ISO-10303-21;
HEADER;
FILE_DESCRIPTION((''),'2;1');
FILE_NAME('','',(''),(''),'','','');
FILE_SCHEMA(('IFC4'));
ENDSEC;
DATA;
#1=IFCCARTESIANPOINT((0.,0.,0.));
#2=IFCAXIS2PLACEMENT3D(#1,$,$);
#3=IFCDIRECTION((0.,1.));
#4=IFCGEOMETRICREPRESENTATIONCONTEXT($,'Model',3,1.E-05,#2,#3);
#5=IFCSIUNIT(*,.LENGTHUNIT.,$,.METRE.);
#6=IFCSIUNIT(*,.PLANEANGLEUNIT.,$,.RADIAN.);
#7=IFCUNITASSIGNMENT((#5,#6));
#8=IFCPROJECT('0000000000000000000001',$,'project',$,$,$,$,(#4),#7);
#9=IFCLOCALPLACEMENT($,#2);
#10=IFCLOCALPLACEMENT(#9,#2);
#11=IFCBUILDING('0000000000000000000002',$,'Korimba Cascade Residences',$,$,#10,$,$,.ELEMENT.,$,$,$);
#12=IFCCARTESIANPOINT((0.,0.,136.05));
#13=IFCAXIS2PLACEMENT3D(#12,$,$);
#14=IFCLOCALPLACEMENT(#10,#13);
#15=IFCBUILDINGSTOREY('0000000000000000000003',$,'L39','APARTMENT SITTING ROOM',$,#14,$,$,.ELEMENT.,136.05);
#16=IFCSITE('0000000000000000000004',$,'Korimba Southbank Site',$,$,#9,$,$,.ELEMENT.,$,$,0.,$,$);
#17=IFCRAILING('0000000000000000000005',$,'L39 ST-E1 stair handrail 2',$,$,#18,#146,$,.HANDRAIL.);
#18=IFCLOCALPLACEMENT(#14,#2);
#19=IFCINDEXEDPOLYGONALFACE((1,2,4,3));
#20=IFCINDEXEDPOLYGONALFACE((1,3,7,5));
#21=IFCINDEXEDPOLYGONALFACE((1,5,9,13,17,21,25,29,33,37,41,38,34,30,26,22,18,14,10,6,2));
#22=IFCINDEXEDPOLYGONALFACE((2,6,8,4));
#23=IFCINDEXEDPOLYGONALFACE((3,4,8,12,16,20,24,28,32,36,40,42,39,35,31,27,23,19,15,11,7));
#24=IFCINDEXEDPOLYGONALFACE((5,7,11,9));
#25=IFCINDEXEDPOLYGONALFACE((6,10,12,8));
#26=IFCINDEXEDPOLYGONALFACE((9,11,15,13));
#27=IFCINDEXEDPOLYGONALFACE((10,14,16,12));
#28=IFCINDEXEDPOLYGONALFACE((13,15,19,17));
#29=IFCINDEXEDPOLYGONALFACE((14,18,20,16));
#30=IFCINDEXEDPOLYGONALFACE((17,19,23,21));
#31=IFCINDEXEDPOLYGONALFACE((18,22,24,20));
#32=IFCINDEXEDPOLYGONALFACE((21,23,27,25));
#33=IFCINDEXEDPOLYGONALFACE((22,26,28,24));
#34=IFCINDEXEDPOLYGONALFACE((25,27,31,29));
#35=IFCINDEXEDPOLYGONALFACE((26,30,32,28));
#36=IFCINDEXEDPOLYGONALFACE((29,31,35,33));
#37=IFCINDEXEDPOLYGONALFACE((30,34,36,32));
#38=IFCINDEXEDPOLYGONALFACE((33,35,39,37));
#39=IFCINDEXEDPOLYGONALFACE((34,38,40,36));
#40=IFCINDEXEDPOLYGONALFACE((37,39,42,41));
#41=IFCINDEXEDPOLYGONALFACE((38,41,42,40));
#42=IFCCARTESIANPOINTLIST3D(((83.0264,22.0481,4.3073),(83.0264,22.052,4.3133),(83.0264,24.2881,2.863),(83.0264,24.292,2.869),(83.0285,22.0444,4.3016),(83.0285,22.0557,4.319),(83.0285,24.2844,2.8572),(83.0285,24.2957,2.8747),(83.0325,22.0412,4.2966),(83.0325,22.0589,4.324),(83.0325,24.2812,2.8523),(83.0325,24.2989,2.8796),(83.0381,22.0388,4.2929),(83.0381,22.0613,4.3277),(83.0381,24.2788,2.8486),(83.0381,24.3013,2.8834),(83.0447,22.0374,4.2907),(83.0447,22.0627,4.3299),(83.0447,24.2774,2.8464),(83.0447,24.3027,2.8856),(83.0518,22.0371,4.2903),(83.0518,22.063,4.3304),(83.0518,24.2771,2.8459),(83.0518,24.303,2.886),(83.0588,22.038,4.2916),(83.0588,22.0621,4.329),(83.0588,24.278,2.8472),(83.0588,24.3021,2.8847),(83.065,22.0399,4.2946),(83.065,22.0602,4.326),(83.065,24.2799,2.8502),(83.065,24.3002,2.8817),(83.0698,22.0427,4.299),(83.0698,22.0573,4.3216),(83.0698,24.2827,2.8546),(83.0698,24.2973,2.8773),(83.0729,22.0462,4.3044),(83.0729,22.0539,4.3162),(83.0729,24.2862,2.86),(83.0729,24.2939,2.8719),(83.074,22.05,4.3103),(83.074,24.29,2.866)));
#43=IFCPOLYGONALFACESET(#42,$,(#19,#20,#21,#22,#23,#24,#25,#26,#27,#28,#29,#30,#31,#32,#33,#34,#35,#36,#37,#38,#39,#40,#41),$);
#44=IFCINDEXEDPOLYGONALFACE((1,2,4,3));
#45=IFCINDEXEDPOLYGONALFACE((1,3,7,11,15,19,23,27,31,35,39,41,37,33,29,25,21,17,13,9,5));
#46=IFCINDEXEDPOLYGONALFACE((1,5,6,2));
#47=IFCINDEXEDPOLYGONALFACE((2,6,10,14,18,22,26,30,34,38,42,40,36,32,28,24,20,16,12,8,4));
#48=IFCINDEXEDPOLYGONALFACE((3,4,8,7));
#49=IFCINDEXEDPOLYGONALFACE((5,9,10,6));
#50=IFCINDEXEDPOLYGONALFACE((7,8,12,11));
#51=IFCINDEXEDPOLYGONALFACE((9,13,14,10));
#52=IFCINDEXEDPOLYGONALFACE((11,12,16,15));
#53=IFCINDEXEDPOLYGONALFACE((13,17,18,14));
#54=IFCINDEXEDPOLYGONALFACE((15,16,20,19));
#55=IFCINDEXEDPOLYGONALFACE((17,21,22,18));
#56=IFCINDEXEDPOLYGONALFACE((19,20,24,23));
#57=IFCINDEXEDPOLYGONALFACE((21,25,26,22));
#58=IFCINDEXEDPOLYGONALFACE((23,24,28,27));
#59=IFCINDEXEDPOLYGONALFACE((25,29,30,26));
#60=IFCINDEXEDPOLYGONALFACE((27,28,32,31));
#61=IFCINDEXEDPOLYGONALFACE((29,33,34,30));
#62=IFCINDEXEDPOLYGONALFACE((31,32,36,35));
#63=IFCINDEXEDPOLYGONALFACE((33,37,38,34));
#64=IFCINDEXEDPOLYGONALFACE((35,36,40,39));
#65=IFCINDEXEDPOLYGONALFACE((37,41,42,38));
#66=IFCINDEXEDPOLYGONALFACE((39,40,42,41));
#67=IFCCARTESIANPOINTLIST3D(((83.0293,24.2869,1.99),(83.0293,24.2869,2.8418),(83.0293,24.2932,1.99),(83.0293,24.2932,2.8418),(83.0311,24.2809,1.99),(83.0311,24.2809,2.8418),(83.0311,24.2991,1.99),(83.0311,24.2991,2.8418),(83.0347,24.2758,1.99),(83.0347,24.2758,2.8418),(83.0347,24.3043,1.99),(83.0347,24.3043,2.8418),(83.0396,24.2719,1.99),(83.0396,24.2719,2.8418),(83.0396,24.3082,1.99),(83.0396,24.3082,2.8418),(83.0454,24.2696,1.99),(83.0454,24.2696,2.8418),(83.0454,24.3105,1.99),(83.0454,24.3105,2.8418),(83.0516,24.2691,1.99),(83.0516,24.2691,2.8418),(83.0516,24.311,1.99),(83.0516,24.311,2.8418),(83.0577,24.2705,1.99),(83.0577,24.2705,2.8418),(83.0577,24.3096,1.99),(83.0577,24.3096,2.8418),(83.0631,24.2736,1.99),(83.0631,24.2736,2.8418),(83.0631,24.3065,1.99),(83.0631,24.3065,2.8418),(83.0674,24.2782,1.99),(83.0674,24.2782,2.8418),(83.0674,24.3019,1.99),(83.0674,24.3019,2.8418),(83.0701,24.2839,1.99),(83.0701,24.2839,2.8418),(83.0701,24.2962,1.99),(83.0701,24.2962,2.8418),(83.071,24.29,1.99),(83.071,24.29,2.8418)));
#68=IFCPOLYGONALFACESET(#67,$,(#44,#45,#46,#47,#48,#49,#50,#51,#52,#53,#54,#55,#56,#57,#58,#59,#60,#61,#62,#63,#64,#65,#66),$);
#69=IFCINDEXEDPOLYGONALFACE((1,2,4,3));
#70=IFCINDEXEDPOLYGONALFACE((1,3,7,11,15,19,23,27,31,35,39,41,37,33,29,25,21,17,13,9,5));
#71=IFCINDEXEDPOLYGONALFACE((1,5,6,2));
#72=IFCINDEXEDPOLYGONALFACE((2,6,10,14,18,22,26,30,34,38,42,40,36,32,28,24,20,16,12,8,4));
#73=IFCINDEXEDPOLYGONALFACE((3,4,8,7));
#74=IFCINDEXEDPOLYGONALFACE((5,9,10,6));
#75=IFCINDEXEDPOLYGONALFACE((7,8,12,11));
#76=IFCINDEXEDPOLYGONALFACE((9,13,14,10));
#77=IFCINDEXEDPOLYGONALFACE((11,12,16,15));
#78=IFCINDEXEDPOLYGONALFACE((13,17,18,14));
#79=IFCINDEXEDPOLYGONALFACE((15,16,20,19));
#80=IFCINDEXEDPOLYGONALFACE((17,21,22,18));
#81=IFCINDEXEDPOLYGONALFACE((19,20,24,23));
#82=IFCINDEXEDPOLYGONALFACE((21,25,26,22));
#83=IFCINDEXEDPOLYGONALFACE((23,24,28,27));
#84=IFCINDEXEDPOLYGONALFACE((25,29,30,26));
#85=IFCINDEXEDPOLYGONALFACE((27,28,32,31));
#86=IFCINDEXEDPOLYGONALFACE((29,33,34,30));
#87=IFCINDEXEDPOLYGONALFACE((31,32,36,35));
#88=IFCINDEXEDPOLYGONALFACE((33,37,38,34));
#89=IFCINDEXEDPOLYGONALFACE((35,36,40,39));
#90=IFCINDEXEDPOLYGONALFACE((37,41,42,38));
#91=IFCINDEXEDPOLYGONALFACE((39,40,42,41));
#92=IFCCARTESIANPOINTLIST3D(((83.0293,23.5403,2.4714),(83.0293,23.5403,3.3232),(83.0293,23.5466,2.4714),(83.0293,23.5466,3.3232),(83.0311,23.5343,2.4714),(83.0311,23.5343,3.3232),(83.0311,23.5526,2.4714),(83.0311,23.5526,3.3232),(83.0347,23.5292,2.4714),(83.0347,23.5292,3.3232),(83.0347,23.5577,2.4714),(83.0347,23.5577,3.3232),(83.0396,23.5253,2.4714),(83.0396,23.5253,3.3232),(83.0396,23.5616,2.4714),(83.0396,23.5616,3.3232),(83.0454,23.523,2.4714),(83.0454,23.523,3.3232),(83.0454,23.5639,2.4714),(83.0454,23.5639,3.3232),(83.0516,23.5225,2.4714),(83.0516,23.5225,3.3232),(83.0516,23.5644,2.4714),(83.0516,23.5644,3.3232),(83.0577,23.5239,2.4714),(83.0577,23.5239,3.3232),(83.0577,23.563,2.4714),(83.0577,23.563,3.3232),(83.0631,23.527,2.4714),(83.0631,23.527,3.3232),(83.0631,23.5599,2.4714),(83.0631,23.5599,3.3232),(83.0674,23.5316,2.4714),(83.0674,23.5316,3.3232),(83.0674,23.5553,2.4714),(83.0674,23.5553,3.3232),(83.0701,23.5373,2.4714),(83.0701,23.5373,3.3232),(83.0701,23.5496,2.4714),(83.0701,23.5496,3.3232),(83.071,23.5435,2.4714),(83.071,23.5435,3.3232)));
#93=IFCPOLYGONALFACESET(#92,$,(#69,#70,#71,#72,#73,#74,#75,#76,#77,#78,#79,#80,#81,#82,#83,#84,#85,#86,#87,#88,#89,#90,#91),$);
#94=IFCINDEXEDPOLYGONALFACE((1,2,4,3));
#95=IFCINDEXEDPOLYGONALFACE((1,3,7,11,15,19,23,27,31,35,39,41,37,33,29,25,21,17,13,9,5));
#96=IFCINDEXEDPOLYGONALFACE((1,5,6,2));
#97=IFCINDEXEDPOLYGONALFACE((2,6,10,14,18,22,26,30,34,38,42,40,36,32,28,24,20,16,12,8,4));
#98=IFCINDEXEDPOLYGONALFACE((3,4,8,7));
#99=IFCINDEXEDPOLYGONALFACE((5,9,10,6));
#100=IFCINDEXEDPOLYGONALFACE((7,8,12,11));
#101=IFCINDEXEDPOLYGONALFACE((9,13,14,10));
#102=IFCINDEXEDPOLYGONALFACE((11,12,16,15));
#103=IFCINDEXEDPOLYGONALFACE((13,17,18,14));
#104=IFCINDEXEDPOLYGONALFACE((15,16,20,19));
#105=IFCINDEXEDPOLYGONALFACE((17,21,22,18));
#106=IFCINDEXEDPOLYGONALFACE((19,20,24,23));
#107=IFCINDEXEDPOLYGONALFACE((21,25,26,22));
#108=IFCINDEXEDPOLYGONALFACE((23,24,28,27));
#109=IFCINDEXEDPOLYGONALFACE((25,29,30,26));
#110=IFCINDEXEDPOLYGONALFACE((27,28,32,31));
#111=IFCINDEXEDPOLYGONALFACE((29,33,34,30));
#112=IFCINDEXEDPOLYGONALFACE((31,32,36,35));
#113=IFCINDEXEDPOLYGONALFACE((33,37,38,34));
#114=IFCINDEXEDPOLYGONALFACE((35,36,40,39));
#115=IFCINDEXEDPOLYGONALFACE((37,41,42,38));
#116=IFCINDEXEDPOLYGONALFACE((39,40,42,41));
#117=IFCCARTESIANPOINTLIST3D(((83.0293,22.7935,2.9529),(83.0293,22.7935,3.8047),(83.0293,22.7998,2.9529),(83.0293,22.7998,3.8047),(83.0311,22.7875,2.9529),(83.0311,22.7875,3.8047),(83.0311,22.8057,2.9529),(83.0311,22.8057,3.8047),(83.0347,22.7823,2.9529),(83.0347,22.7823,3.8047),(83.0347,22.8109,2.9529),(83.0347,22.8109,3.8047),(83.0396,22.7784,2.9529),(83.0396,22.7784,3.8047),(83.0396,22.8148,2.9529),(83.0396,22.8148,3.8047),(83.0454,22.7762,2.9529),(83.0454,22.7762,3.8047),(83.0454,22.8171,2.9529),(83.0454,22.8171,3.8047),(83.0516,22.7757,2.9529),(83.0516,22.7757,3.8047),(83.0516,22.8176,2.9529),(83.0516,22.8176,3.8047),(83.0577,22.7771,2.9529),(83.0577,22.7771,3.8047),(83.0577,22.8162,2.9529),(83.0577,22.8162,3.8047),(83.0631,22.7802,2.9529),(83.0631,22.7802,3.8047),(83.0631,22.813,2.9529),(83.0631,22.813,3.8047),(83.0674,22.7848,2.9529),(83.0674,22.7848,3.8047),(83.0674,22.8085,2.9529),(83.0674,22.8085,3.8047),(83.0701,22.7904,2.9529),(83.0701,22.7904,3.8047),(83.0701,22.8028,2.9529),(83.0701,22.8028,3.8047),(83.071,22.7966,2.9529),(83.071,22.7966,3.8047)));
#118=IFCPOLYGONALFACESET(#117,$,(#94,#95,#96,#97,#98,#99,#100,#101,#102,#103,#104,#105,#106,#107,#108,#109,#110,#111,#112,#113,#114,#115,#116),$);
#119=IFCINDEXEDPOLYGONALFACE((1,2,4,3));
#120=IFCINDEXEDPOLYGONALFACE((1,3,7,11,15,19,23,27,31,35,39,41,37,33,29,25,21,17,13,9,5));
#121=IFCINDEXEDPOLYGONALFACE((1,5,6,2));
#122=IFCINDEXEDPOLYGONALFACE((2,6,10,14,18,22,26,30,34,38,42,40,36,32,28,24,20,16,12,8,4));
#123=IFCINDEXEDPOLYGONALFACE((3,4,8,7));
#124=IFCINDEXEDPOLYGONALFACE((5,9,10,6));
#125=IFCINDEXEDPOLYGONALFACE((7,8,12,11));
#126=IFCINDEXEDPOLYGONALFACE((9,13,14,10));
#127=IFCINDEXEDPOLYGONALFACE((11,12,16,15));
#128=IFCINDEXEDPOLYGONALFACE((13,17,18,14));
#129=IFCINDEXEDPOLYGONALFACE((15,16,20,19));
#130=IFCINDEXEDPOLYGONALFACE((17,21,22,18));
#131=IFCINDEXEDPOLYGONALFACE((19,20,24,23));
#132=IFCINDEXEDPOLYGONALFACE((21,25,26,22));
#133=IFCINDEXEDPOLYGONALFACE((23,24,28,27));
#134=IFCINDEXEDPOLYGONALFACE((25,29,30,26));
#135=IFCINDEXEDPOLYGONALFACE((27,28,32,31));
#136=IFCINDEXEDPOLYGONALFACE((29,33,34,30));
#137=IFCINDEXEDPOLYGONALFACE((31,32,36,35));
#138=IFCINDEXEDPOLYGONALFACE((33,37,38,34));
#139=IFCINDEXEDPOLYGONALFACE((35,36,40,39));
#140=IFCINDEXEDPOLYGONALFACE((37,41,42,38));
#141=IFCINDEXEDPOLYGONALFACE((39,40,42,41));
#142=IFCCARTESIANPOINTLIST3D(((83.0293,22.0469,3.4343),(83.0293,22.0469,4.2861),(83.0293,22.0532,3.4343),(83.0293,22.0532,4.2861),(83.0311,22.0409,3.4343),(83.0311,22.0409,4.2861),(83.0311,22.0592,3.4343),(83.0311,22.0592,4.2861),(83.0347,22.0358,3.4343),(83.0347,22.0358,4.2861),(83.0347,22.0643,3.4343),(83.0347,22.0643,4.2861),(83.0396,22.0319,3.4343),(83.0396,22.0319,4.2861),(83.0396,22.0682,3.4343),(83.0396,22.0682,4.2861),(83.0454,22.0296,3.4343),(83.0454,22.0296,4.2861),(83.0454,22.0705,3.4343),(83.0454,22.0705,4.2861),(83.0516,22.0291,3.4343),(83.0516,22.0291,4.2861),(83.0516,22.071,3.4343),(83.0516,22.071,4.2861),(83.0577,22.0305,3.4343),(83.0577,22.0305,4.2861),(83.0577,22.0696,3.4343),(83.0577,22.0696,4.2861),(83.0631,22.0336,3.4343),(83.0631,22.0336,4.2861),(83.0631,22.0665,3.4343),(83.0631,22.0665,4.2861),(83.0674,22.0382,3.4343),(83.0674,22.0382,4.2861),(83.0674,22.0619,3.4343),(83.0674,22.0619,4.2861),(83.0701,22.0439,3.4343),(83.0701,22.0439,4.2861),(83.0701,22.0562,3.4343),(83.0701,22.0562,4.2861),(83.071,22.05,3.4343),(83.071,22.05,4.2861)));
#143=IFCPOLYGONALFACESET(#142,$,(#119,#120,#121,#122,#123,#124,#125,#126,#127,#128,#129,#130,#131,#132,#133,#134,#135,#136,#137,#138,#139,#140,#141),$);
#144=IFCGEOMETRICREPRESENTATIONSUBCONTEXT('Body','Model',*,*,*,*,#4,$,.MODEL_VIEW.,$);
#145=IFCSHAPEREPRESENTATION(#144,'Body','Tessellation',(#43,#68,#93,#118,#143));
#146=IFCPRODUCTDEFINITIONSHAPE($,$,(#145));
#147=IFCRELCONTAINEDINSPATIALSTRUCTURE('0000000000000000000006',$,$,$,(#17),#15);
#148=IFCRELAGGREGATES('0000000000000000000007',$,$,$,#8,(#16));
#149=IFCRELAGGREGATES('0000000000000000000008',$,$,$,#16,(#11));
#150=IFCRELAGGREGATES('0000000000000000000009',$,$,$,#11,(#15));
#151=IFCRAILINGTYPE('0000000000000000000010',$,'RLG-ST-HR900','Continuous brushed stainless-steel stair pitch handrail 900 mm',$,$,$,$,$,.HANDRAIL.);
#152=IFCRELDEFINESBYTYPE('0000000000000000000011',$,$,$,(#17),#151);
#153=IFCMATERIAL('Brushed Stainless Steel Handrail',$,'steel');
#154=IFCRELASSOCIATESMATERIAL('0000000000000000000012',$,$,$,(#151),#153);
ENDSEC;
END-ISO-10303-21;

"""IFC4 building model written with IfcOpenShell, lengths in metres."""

from ifc_helpers import new_model, si_unit, direction, frame, origin, origin_2d, place, context, subcontext, project, spatial, circle, extrude, material, type_object, element, save


model = new_model("IFC4")

# Units and contexts
model_context = context("Model", 3, precision=1e-05, world=origin(), true_north=direction((0.0, 1.0)))
body_context = subcontext(model_context, "Body", "Model", "MODEL_VIEW")
ifc_project = project(units=[si_unit("LENGTHUNIT", "METRE"), si_unit("PLANEANGLEUNIT", "RADIAN")], contexts=[model_context])

# Site, building, storey
site_placement = place(None, origin())
site = spatial("IfcSite", under=ifc_project, at=site_placement, Name="Korimba Southbank Site", CompositionType="ELEMENT", RefElevation=0.0)
building_placement = place(site_placement, origin())
building = spatial("IfcBuilding", under=site, at=building_placement, Name="Korimba Cascade Residences", CompositionType="ELEMENT")
storey_placement = place(building_placement, frame((0.0, 0.0, 136.05)))
storey = spatial("IfcBuildingStorey", under=building, at=storey_placement, Name="L39", Description="APARTMENT SITTING ROOM", CompositionType="ELEMENT", Elevation=136.05)

# Railing
ifc_material_1 = material(Name="Brushed Stainless Steel Handrail", Category="steel")
railing_type_1 = type_object("IfcRailingType", Name="RLG-ST-HR900", Description="Continuous brushed stainless-steel stair pitch handrail 900 mm", PredefinedType="HANDRAIL", material=ifc_material_1)
railing_1_placement = place(storey_placement, frame((83.05, 24.29, 1.99)))
element("IfcRailing", 1, at=railing_1_placement, inside=storey, type_object=railing_type_1, Name="L39 ST-E1 stair handrail 2", PredefinedType="HANDRAIL", context=body_context, shape_type="SweptSolid", body=[
    extrude(circle(Radius=0.0239, at=origin_2d()), frame((0.0, 0.0, 0.876), z_axis=(0.0, -0.840437, 0.54191), x_axis=(1.0, 0.0, 0.0)), (0.0, 0.0, 1.0), 2.6653),
    extrude(circle(Radius=0.021, at=origin_2d()), origin(), (0.0, 0.0, 1.0), 0.8518),
    extrude(circle(Radius=0.021, at=origin_2d()), frame((0.0, -0.7466, 0.4814)), (0.0, 0.0, 1.0), 0.8518),
    extrude(circle(Radius=0.021, at=origin_2d()), frame((0.0, -1.4934, 0.9629)), (0.0, 0.0, 1.0), 0.8518),
    extrude(circle(Radius=0.021, at=origin_2d()), frame((0.0, -2.24, 1.4443)), (0.0, 0.0, 1.0), 0.8518),
])

save(model, "model.ifc")
